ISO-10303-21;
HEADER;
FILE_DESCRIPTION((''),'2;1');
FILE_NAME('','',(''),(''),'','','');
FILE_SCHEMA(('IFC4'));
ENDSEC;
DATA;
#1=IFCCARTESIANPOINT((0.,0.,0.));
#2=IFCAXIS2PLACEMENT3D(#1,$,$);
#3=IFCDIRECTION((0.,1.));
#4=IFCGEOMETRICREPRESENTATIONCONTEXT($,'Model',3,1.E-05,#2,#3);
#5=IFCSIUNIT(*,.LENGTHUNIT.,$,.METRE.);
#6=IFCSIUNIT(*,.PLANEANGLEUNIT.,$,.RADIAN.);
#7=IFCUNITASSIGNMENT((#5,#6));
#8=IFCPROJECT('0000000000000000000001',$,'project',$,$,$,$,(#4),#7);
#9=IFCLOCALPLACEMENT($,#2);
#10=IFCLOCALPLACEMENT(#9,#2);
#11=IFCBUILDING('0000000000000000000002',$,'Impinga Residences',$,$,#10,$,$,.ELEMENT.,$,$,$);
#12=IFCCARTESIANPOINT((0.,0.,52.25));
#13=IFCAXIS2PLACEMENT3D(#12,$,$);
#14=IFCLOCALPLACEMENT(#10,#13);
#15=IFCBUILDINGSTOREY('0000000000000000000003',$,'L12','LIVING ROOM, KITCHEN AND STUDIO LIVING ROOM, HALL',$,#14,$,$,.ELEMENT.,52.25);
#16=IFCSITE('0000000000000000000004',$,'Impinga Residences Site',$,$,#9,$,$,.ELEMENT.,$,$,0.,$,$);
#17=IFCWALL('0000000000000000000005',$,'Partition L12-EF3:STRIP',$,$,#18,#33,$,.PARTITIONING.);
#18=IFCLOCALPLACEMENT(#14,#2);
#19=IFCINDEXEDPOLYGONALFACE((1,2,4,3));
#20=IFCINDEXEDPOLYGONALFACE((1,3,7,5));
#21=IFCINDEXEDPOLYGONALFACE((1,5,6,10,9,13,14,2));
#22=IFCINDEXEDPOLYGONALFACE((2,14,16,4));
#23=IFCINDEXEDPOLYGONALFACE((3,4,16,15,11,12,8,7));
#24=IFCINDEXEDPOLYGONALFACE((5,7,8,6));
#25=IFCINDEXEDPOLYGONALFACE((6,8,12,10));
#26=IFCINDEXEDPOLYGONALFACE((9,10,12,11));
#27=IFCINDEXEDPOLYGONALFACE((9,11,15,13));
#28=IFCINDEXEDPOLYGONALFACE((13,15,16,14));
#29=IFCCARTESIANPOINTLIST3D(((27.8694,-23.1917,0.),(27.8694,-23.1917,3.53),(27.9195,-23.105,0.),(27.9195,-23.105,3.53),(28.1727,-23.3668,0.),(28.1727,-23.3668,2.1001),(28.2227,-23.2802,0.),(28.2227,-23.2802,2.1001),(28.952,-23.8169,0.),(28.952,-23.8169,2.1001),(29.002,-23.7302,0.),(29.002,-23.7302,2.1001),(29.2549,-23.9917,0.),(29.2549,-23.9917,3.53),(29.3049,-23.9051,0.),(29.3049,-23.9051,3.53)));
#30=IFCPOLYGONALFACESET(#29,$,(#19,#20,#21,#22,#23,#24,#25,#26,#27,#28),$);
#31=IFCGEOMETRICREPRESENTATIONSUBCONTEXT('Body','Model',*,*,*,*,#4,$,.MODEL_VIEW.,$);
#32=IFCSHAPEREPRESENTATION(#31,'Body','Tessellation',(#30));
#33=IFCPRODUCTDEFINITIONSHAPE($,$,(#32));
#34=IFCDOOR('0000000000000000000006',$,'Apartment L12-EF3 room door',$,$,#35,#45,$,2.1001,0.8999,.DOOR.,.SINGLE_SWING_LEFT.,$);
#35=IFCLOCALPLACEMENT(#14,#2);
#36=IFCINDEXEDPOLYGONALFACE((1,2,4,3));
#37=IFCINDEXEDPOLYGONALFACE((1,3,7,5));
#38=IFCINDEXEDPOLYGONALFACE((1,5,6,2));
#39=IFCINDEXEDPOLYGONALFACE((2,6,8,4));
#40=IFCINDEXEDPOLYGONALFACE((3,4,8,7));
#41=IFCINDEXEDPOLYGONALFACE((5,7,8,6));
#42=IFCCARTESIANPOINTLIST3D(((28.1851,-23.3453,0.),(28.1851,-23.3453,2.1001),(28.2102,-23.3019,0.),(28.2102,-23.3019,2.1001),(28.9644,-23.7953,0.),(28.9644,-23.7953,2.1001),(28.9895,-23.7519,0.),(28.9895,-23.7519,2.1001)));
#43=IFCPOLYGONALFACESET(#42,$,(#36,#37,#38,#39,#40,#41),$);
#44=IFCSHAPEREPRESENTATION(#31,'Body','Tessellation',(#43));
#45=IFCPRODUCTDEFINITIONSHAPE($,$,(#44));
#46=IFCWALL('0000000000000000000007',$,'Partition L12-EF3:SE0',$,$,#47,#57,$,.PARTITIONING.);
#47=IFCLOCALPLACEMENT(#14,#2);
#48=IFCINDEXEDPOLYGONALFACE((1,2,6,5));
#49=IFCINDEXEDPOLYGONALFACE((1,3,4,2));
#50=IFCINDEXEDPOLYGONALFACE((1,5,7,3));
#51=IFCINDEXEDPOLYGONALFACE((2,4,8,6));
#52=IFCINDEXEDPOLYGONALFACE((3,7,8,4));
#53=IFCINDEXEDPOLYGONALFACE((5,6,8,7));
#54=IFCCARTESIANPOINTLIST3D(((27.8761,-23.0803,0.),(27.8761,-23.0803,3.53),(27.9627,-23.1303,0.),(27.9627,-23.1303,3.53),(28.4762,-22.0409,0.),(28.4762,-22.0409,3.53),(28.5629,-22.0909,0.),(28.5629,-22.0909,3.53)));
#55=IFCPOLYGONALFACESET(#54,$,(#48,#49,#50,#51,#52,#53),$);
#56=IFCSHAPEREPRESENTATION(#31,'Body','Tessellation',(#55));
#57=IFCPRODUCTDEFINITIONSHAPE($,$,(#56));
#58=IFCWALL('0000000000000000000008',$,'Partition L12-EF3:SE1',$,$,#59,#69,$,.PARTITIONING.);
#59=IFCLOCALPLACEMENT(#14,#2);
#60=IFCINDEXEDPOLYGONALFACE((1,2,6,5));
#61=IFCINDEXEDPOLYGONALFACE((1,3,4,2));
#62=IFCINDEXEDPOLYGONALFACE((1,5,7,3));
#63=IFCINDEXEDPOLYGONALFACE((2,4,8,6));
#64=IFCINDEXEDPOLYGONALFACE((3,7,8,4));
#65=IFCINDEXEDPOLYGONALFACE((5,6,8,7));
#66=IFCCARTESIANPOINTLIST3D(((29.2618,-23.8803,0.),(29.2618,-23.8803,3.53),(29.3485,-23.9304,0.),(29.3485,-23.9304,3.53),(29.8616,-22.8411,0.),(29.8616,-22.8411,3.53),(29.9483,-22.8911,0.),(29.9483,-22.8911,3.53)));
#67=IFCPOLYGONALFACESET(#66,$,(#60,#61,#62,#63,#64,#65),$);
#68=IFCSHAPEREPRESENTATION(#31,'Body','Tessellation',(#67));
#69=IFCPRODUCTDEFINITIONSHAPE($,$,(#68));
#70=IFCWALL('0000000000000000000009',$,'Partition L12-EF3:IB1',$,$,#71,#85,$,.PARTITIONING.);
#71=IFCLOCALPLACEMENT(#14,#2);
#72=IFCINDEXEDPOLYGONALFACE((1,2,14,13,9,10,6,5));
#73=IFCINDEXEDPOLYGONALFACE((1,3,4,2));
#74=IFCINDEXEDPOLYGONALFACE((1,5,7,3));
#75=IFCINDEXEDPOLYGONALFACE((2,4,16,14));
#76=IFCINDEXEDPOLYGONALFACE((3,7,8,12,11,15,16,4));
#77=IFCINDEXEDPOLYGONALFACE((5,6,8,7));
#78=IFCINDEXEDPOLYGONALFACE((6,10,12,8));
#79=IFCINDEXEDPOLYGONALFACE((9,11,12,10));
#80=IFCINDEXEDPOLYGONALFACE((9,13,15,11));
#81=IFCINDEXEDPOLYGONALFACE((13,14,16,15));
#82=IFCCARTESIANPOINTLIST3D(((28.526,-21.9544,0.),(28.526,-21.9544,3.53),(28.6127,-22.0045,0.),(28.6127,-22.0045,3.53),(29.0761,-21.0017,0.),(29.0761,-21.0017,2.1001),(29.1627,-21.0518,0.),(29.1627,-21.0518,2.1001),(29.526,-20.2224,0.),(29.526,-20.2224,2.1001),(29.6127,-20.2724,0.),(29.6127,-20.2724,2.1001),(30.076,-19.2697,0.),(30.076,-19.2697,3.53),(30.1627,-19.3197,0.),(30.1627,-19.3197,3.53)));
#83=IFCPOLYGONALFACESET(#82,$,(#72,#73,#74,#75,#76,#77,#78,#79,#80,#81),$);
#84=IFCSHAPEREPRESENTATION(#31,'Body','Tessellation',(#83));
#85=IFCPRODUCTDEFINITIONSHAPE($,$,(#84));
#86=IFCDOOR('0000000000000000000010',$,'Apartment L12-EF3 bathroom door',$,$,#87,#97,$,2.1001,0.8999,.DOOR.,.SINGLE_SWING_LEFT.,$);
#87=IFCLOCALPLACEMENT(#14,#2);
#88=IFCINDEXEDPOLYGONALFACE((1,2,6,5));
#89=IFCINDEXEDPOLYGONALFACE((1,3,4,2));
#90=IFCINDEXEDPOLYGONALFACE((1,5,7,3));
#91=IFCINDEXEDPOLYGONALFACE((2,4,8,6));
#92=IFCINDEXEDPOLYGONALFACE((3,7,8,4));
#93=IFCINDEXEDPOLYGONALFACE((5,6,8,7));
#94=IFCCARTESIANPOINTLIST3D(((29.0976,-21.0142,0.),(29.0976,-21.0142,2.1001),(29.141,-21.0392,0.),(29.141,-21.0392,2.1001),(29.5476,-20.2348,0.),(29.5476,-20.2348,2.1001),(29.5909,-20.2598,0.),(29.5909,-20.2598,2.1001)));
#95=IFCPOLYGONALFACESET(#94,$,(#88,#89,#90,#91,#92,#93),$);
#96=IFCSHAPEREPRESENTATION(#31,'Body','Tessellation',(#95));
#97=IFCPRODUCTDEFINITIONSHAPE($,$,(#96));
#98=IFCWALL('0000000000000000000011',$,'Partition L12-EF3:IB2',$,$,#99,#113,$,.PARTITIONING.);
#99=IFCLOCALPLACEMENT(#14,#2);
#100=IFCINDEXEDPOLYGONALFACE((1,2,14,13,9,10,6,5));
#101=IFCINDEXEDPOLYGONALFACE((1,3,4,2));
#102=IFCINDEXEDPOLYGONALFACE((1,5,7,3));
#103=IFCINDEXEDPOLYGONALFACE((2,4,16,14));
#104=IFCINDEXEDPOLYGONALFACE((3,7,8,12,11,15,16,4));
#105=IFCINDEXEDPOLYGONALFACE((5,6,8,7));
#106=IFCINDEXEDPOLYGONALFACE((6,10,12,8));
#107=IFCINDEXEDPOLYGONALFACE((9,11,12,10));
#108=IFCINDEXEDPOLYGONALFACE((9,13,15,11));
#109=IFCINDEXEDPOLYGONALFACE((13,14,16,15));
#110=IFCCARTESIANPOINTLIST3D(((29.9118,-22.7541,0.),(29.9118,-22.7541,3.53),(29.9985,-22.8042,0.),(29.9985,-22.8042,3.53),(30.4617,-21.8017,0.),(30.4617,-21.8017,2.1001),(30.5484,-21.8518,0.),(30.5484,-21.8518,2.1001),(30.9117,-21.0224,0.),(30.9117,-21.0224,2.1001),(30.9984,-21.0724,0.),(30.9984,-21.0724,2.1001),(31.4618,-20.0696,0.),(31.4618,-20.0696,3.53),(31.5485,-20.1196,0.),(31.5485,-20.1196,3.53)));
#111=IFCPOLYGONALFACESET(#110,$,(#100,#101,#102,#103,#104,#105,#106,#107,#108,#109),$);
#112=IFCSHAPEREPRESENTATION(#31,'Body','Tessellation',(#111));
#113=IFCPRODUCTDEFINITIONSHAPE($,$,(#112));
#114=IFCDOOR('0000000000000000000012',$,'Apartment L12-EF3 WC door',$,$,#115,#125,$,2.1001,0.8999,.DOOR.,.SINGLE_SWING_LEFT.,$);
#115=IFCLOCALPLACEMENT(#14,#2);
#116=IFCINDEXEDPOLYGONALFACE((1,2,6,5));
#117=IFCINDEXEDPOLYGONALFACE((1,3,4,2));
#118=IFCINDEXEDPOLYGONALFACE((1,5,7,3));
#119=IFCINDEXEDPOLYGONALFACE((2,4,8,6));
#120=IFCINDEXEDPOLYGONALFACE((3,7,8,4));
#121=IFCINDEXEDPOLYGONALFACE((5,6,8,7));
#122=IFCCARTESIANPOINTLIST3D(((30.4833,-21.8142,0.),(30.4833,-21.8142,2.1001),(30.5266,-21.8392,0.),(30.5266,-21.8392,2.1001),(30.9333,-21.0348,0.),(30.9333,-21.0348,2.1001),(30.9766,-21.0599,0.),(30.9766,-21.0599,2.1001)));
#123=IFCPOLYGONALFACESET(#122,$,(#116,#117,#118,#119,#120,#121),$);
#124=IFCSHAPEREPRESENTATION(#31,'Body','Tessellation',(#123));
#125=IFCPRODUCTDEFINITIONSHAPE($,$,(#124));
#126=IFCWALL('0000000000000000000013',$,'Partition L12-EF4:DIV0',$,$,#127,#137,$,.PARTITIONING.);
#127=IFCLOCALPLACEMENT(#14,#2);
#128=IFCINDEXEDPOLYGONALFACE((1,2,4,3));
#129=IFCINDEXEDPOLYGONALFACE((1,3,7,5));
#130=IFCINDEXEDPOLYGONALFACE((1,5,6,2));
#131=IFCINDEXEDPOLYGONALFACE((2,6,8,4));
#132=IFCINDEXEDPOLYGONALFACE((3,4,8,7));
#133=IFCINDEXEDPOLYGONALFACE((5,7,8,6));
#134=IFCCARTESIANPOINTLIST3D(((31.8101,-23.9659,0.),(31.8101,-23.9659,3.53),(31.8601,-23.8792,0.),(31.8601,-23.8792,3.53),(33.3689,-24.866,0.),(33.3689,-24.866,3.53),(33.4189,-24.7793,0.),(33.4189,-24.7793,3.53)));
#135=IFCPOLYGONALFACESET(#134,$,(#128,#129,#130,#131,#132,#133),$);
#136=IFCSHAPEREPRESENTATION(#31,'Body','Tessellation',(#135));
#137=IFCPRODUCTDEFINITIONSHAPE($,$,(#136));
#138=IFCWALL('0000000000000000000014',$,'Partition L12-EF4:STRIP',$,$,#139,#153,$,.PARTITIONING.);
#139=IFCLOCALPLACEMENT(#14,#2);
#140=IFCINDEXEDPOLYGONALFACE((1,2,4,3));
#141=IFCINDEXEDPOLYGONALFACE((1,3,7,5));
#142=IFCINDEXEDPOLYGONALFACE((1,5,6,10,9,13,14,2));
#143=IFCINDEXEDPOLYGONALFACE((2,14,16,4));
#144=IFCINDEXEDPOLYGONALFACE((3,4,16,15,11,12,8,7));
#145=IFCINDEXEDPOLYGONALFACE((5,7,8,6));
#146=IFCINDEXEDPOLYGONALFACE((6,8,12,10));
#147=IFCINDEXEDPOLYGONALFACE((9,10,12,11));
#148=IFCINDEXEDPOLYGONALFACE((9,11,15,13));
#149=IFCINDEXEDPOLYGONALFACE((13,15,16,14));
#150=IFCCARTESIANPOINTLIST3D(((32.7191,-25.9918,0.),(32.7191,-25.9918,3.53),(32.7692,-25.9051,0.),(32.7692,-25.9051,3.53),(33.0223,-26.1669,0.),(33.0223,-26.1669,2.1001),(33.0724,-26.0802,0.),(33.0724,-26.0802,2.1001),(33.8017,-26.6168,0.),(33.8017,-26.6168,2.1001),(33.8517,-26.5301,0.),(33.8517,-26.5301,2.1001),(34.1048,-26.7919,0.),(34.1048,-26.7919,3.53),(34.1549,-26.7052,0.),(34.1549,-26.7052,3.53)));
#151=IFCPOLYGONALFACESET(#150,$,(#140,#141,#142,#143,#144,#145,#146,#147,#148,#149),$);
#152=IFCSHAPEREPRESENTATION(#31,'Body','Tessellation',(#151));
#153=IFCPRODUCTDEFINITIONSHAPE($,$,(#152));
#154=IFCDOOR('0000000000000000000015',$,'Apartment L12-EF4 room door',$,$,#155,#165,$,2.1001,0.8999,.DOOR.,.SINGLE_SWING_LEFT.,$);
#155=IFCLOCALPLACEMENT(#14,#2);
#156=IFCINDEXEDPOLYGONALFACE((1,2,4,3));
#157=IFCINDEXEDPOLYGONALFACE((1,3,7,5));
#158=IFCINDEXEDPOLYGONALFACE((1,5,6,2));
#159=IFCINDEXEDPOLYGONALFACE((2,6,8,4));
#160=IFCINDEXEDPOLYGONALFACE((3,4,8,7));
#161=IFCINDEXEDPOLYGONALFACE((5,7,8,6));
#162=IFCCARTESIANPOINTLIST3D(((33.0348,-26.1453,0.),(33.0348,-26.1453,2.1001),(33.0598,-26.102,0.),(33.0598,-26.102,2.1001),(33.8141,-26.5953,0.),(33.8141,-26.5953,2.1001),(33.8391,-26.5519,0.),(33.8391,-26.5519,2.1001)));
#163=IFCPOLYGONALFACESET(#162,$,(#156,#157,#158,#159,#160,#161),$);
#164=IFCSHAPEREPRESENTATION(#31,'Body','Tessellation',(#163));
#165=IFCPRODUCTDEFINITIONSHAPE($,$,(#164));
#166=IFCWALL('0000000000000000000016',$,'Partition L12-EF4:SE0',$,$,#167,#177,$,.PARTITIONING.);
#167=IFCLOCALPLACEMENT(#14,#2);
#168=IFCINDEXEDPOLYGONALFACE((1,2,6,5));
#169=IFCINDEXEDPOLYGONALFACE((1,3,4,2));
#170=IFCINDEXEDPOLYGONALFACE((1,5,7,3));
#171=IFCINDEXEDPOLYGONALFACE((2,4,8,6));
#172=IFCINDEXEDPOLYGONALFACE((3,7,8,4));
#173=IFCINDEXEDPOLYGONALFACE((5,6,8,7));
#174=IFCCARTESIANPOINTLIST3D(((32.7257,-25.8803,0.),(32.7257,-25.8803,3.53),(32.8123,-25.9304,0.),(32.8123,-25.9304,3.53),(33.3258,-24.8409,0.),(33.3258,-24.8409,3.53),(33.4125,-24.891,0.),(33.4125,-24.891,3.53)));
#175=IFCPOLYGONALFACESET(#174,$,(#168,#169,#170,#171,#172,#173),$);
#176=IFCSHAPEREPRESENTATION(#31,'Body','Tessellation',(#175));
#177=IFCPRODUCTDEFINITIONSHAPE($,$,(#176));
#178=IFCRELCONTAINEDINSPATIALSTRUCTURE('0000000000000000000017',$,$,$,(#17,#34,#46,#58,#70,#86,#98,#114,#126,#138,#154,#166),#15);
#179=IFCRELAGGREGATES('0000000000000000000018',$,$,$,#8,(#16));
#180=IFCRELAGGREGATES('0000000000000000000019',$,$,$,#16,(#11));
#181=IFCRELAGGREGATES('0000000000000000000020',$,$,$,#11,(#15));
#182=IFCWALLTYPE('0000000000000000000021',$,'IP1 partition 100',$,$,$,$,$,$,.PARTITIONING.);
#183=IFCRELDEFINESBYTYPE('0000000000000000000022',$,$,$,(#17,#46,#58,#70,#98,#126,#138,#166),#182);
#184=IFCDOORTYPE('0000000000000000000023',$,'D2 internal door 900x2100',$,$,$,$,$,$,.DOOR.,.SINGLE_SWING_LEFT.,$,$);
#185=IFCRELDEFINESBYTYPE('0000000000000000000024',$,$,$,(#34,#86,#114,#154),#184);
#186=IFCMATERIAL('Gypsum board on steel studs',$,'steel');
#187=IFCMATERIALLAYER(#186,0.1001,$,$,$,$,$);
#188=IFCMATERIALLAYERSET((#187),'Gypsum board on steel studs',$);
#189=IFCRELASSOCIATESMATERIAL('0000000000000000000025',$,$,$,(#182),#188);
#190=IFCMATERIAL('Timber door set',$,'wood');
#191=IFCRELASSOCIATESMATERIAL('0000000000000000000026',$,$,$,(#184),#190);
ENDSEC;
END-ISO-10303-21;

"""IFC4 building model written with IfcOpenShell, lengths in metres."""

from ifc_helpers import new_model, si_unit, direction, frame, frame_2d, origin, place, context, subcontext, project, spatial, rectangle, extrude, material, layer, layer_set, type_object, element, fill, save


model = new_model("IFC4")

# Units and contexts
model_context = context("Model", 3, precision=1e-05, world=origin(), true_north=direction((0.0, 1.0)))
body_context = subcontext(model_context, "Body", "Model", "MODEL_VIEW")
ifc_project = project(units=[si_unit("LENGTHUNIT", "METRE"), si_unit("PLANEANGLEUNIT", "RADIAN")], contexts=[model_context])

# Site, building, storey
site_placement = place(None, origin())
site = spatial("IfcSite", under=ifc_project, at=site_placement, Name="Impinga Residences Site", CompositionType="ELEMENT", RefElevation=0.0)
building_placement = place(site_placement, origin())
building = spatial("IfcBuilding", under=site, at=building_placement, Name="Impinga Residences", CompositionType="ELEMENT")
storey_placement = place(building_placement, frame((0.0, 0.0, 52.25)))
storey = spatial("IfcBuildingStorey", under=building, at=storey_placement, Name="L12", Description="LIVING ROOM, KITCHEN AND STUDIO LIVING ROOM, HALL", CompositionType="ELEMENT", Elevation=52.25)

# Shared definitions
ifc_material_1 = material(Name="Gypsum board on steel studs", Category="steel")
ifc_layer_1 = layer(ifc_material_1, 0.1001)
ifc_layer_set_1 = layer_set([ifc_layer_1], Name="Gypsum board on steel studs")
wall_type_1 = type_object("IfcWallType", Name="IP1 partition 100", PredefinedType="PARTITIONING", material=ifc_layer_set_1)

# Wall, opening, door
wall_1_placement = place(storey_placement, frame((27.8945, -23.1484, 0.0), z_axis=(0.0, 0.0, 1.0), x_axis=(0.86599, -0.500061, 0.0)))
wall_1 = element("IfcWall", 1, at=wall_1_placement, inside=storey, type_object=wall_type_1, Name="Partition L12-EF3:STRIP", PredefinedType="PARTITIONING", context=body_context, shape_type="SweptSolid", body=[
    extrude(rectangle(XDim=1.5999, YDim=0.1001, at=frame_2d((0.7998, 0.0))), origin(), (0.0, 0.0, 1.0), 3.53),
])
opening_1_placement = place(wall_1_placement, frame((0.3501, 0.0, 0.0)))
opening_1 = element("IfcOpeningElement", 2, at=opening_1_placement, cuts=wall_1, PredefinedType="OPENING", context=body_context, shape_type="SweptSolid", body=[
    extrude(rectangle(XDim=0.8999, YDim=2.1001, at=frame_2d((0.45, 1.05))), frame((0.0, 0.0601, 0.0), z_axis=(0.0, -1.0, 0.0), x_axis=(1.0, 0.0, 0.0)), (0.0, 0.0, 1.0), 0.1201),
])
ifc_material_2 = material(Name="Timber door set", Category="wood")
door_type = type_object("IfcDoorType", Name="D2 internal door 900x2100", OperationType="SINGLE_SWING_LEFT", PredefinedType="DOOR", material=ifc_material_2)
door_1_placement = place(opening_1_placement, origin())
door_1 = element("IfcDoor", 3, at=door_1_placement, inside=storey, type_object=door_type, Name="Apartment L12-EF3 room door", OperationType="SINGLE_SWING_LEFT", OverallHeight=2.1001, OverallWidth=0.8999, PredefinedType="DOOR", context=body_context, shape_type="SweptSolid", body=[
    extrude(rectangle(XDim=0.8999, YDim=2.1001, at=frame_2d((0.45, 1.05))), frame((0.0, 0.0249, 0.0), z_axis=(0.0, -1.0, 0.0), x_axis=(1.0, 0.0, 0.0)), (0.0, 0.0, 1.0), 0.05),
])
fill(opening_1, door_1)

# Walls
wall_2_placement = place(storey_placement, frame((28.5195, -22.0659, 0.0), z_axis=(0.0, 0.0, 1.0), x_axis=(-0.500034, -0.866006, 0.0)))
element("IfcWall", 4, at=wall_2_placement, inside=storey, type_object=wall_type_1, Name="Partition L12-EF3:SE0", PredefinedType="PARTITIONING", context=body_context, shape_type="SweptSolid", body=[
    extrude(rectangle(XDim=1.2002, YDim=0.1001, at=frame_2d((0.6001, 0.0))), origin(), (0.0, 0.0, 1.0), 3.53),
])
wall_3_placement = place(storey_placement, frame((29.905, -22.866, 0.0), z_axis=(0.0, 0.0, 1.0), x_axis=(-0.499881, -0.866094, 0.0)))
element("IfcWall", 5, at=wall_3_placement, inside=storey, type_object=wall_type_1, Name="Partition L12-EF3:SE1", PredefinedType="PARTITIONING", context=body_context, shape_type="SweptSolid", body=[
    extrude(rectangle(XDim=1.2, YDim=0.1001, at=frame_2d((0.6001, 0.0))), origin(), (0.0, 0.0, 1.0), 3.53),
])

# Walls, openings, doors
wall_4_placement = place(storey_placement, frame((30.1194, -19.2947, 0.0), z_axis=(0.0, 0.0, 1.0), x_axis=(-0.499993, -0.86603, 0.0)))
wall_4 = element("IfcWall", 6, at=wall_4_placement, inside=storey, type_object=wall_type_1, Name="Partition L12-EF3:IB1", PredefinedType="PARTITIONING", context=body_context, shape_type="SweptSolid", body=[
    extrude(rectangle(XDim=3.1001, YDim=0.1001, at=frame_2d((1.55, 0.0))), origin(), (0.0, 0.0, 1.0), 3.53),
])
opening_2_placement = place(wall_4_placement, frame((1.1001, 0.0, 0.0)))
opening_2 = element("IfcOpeningElement", 7, at=opening_2_placement, cuts=wall_4, PredefinedType="OPENING", context=body_context, shape_type="SweptSolid", body=[
    extrude(rectangle(XDim=0.8999, YDim=2.1001, at=frame_2d((0.45, 1.05))), frame((0.0, 0.0601, 0.0), z_axis=(0.0, -1.0, 0.0), x_axis=(1.0, 0.0, 0.0)), (0.0, 0.0, 1.0), 0.1201),
])
door_2_placement = place(opening_2_placement, origin())
door_2 = element("IfcDoor", 8, at=door_2_placement, inside=storey, type_object=door_type, Name="Apartment L12-EF3 bathroom door", OperationType="SINGLE_SWING_LEFT", OverallHeight=2.1001, OverallWidth=0.8999, PredefinedType="DOOR", context=body_context, shape_type="SweptSolid", body=[
    extrude(rectangle(XDim=0.8999, YDim=2.1001, at=frame_2d((0.45, 1.05))), frame((0.0, 0.0249, 0.0), z_axis=(0.0, -1.0, 0.0), x_axis=(1.0, 0.0, 0.0)), (0.0, 0.0, 1.0), 0.05),
])
fill(opening_2, door_2)
wall_5_placement = place(storey_placement, frame((31.5051, -20.0947, 0.0), z_axis=(0.0, 0.0, 1.0), x_axis=(-0.500027, -0.86601, 0.0)))
wall_5 = element("IfcWall", 9, at=wall_5_placement, inside=storey, type_object=wall_type_1, Name="Partition L12-EF3:IB2", PredefinedType="PARTITIONING", context=body_context, shape_type="SweptSolid", body=[
    extrude(rectangle(XDim=3.0999, YDim=0.1001, at=frame_2d((1.5498, 0.0))), origin(), (0.0, 0.0, 1.0), 3.53),
])
opening_3_placement = place(wall_5_placement, frame((1.1001, 0.0, 0.0)))
opening_3 = element("IfcOpeningElement", 10, at=opening_3_placement, cuts=wall_5, PredefinedType="OPENING", context=body_context, shape_type="SweptSolid", body=[
    extrude(rectangle(XDim=0.8999, YDim=2.1001, at=frame_2d((0.45, 1.05))), frame((0.0, 0.0601, 0.0), z_axis=(0.0, -1.0, 0.0), x_axis=(1.0, 0.0, 0.0)), (0.0, 0.0, 1.0), 0.1201),
])
door_3_placement = place(opening_3_placement, origin())
door_3 = element("IfcDoor", 11, at=door_3_placement, inside=storey, type_object=door_type, Name="Apartment L12-EF3 WC door", OperationType="SINGLE_SWING_LEFT", OverallHeight=2.1001, OverallWidth=0.8999, PredefinedType="DOOR", context=body_context, shape_type="SweptSolid", body=[
    extrude(rectangle(XDim=0.8999, YDim=2.1001, at=frame_2d((0.45, 1.05))), frame((0.0, 0.0249, 0.0), z_axis=(0.0, -1.0, 0.0), x_axis=(1.0, 0.0, 0.0)), (0.0, 0.0, 1.0), 0.05),
])
fill(opening_3, door_3)

# Wall
wall_6_placement = place(storey_placement, frame((31.8352, -23.9226, 0.0), z_axis=(0.0, 0.0, 1.0), x_axis=(0.865989, -0.500063, 0.0)))
element("IfcWall", 12, at=wall_6_placement, inside=storey, type_object=wall_type_1, Name="Partition L12-EF4:DIV0", PredefinedType="PARTITIONING", context=body_context, shape_type="SweptSolid", body=[
    extrude(rectangle(XDim=1.8, YDim=0.1001, at=frame_2d((0.8999, 0.0))), origin(), (0.0, 0.0, 1.0), 3.53),
])

# Wall, opening, door
wall_7_placement = place(storey_placement, frame((32.7441, -25.9485, 0.0), z_axis=(0.0, 0.0, 1.0), x_axis=(0.866028, -0.499995, 0.0)))
wall_7 = element("IfcWall", 13, at=wall_7_placement, inside=storey, type_object=wall_type_1, Name="Partition L12-EF4:STRIP", PredefinedType="PARTITIONING", context=body_context, shape_type="SweptSolid", body=[
    extrude(rectangle(XDim=1.6001, YDim=0.1001, at=frame_2d((0.8, 0.0))), origin(), (0.0, 0.0, 1.0), 3.53),
])
opening_4_placement = place(wall_7_placement, frame((0.3501, 0.0, 0.0)))
opening_4 = element("IfcOpeningElement", 14, at=opening_4_placement, cuts=wall_7, PredefinedType="OPENING", context=body_context, shape_type="SweptSolid", body=[
    extrude(rectangle(XDim=0.8999, YDim=2.1001, at=frame_2d((0.45, 1.05))), frame((0.0, 0.0601, 0.0), z_axis=(0.0, -1.0, 0.0), x_axis=(1.0, 0.0, 0.0)), (0.0, 0.0, 1.0), 0.1201),
])
door_4_placement = place(opening_4_placement, origin())
door_4 = element("IfcDoor", 15, at=door_4_placement, inside=storey, type_object=door_type, Name="Apartment L12-EF4 room door", OperationType="SINGLE_SWING_LEFT", OverallHeight=2.1001, OverallWidth=0.8999, PredefinedType="DOOR", context=body_context, shape_type="SweptSolid", body=[
    extrude(rectangle(XDim=0.8999, YDim=2.1001, at=frame_2d((0.45, 1.05))), frame((0.0, 0.0249, 0.0), z_axis=(0.0, -1.0, 0.0), x_axis=(1.0, 0.0, 0.0)), (0.0, 0.0, 1.0), 0.05),
])
fill(opening_4, door_4)

# Wall
wall_8_placement = place(storey_placement, frame((33.3691, -24.866, 0.0), z_axis=(0.0, 0.0, 1.0), x_axis=(-0.500034, -0.866006, 0.0)))
element("IfcWall", 16, at=wall_8_placement, inside=storey, type_object=wall_type_1, Name="Partition L12-EF4:SE0", PredefinedType="PARTITIONING", context=body_context, shape_type="SweptSolid", body=[
    extrude(rectangle(XDim=1.2002, YDim=0.1001, at=frame_2d((0.6001, 0.0))), origin(), (0.0, 0.0, 1.0), 3.53),
])

save(model, "model.ifc")
